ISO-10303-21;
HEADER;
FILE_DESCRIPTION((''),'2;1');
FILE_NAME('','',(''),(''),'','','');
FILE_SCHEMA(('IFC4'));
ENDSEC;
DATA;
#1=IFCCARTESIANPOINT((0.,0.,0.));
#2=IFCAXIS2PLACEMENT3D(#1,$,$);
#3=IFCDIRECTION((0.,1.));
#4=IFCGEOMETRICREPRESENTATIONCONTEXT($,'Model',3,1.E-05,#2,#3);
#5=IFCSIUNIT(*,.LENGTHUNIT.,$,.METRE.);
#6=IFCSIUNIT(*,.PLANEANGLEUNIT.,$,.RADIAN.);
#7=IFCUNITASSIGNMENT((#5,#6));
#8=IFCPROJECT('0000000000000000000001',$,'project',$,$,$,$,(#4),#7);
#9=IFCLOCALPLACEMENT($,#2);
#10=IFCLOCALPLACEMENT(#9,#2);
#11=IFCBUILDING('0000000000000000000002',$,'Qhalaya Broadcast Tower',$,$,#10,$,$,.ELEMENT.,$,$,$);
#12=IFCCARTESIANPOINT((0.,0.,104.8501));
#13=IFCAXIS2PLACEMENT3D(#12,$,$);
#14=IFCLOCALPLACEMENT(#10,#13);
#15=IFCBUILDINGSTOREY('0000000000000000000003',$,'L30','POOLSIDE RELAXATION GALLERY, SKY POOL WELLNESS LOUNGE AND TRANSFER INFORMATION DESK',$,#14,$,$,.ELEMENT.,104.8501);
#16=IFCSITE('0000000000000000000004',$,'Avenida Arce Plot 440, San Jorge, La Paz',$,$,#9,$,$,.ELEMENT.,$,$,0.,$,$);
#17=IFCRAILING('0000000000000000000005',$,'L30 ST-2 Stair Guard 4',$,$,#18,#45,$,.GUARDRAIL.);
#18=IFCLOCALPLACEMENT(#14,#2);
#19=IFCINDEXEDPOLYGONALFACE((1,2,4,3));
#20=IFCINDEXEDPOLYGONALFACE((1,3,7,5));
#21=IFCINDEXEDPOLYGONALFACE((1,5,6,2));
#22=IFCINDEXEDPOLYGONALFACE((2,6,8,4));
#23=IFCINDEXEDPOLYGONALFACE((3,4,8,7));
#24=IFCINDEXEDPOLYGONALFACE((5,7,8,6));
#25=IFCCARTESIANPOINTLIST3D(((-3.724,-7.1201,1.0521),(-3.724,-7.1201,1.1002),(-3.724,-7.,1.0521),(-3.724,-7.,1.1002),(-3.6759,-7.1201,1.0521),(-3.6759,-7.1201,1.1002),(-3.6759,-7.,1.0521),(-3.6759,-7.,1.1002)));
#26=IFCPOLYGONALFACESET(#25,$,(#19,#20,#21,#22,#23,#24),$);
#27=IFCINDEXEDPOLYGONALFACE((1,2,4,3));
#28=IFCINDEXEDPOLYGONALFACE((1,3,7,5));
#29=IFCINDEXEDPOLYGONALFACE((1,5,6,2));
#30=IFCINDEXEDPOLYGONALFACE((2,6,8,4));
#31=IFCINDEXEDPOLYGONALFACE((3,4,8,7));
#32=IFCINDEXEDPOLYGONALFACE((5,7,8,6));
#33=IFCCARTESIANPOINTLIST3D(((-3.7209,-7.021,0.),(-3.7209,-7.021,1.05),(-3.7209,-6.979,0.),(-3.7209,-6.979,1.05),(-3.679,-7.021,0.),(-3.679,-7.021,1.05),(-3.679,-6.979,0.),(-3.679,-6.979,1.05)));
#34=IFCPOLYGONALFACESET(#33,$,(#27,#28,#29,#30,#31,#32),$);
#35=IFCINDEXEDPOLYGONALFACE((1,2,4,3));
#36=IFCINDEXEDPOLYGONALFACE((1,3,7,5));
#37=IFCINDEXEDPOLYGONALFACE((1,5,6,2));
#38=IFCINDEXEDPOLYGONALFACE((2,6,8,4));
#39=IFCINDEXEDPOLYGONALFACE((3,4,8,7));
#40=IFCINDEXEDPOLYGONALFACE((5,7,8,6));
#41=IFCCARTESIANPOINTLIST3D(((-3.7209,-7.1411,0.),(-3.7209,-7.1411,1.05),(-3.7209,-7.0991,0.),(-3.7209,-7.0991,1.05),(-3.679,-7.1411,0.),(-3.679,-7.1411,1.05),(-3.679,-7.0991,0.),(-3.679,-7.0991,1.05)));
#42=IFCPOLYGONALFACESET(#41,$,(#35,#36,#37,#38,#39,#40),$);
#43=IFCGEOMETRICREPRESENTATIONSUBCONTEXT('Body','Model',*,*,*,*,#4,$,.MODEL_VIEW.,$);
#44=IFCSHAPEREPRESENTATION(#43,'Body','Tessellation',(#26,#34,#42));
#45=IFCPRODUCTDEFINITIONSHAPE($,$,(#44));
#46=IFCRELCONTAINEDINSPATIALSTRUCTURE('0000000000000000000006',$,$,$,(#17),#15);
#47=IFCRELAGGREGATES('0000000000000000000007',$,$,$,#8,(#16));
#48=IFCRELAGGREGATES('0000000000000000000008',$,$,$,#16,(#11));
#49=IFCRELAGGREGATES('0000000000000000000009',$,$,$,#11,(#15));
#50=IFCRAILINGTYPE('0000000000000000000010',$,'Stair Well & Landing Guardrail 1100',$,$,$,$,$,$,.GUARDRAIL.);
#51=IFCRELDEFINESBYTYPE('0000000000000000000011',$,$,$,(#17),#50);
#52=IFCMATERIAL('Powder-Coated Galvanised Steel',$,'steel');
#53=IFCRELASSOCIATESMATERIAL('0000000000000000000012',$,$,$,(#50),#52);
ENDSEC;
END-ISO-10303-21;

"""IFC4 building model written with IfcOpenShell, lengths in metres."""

from ifc_helpers import new_model, si_unit, direction, frame, origin, origin_2d, place, context, subcontext, project, spatial, rectangle, extrude, material, type_object, element, save


model = new_model("IFC4")

# Units and contexts
model_context = context("Model", 3, precision=1e-05, world=origin(), true_north=direction((0.0, 1.0)))
body_context = subcontext(model_context, "Body", "Model", "MODEL_VIEW")
ifc_project = project(units=[si_unit("LENGTHUNIT", "METRE"), si_unit("PLANEANGLEUNIT", "RADIAN")], contexts=[model_context])

# Site, building, storey
site_placement = place(None, origin())
site = spatial("IfcSite", under=ifc_project, at=site_placement, Name="Avenida Arce Plot 440, San Jorge, La Paz", CompositionType="ELEMENT", RefElevation=0.0)
building_placement = place(site_placement, origin())
building = spatial("IfcBuilding", under=site, at=building_placement, Name="Qhalaya Broadcast Tower", CompositionType="ELEMENT")
storey_placement = place(building_placement, frame((0.0, 0.0, 104.8501)))
storey = spatial("IfcBuildingStorey", under=building, at=storey_placement, Name="L30", Description="POOLSIDE RELAXATION GALLERY, SKY POOL WELLNESS LOUNGE AND TRANSFER INFORMATION DESK", CompositionType="ELEMENT", Elevation=104.8501)

# Railing
ifc_material_1 = material(Name="Powder-Coated Galvanised Steel", Category="steel")
railing_type_1 = type_object("IfcRailingType", Name="Stair Well & Landing Guardrail 1100", PredefinedType="GUARDRAIL", material=ifc_material_1)
railing_1_placement = place(storey_placement, frame((-3.7, -7.0, 0.0)))
element("IfcRailing", 1, at=railing_1_placement, inside=storey, type_object=railing_type_1, Name="L30 ST-2 Stair Guard 4", PredefinedType="GUARDRAIL", context=body_context, shape_type="SweptSolid", body=[
    extrude(rectangle(XDim=0.0481, YDim=0.0481, at=origin_2d()), frame((0.0, 0.0, 1.0762), z_axis=(0.0, -1.0, 0.0), x_axis=(1.0, 0.0, 0.0)), (0.0, 0.0, 1.0), 0.1201),
    extrude(rectangle(XDim=0.042, YDim=0.042, at=origin_2d()), origin(), (0.0, 0.0, 1.0), 1.05),
    extrude(rectangle(XDim=0.042, YDim=0.042, at=origin_2d()), frame((0.0, -0.1201, 0.0)), (0.0, 0.0, 1.0), 1.05),
])

save(model, "model.ifc")
